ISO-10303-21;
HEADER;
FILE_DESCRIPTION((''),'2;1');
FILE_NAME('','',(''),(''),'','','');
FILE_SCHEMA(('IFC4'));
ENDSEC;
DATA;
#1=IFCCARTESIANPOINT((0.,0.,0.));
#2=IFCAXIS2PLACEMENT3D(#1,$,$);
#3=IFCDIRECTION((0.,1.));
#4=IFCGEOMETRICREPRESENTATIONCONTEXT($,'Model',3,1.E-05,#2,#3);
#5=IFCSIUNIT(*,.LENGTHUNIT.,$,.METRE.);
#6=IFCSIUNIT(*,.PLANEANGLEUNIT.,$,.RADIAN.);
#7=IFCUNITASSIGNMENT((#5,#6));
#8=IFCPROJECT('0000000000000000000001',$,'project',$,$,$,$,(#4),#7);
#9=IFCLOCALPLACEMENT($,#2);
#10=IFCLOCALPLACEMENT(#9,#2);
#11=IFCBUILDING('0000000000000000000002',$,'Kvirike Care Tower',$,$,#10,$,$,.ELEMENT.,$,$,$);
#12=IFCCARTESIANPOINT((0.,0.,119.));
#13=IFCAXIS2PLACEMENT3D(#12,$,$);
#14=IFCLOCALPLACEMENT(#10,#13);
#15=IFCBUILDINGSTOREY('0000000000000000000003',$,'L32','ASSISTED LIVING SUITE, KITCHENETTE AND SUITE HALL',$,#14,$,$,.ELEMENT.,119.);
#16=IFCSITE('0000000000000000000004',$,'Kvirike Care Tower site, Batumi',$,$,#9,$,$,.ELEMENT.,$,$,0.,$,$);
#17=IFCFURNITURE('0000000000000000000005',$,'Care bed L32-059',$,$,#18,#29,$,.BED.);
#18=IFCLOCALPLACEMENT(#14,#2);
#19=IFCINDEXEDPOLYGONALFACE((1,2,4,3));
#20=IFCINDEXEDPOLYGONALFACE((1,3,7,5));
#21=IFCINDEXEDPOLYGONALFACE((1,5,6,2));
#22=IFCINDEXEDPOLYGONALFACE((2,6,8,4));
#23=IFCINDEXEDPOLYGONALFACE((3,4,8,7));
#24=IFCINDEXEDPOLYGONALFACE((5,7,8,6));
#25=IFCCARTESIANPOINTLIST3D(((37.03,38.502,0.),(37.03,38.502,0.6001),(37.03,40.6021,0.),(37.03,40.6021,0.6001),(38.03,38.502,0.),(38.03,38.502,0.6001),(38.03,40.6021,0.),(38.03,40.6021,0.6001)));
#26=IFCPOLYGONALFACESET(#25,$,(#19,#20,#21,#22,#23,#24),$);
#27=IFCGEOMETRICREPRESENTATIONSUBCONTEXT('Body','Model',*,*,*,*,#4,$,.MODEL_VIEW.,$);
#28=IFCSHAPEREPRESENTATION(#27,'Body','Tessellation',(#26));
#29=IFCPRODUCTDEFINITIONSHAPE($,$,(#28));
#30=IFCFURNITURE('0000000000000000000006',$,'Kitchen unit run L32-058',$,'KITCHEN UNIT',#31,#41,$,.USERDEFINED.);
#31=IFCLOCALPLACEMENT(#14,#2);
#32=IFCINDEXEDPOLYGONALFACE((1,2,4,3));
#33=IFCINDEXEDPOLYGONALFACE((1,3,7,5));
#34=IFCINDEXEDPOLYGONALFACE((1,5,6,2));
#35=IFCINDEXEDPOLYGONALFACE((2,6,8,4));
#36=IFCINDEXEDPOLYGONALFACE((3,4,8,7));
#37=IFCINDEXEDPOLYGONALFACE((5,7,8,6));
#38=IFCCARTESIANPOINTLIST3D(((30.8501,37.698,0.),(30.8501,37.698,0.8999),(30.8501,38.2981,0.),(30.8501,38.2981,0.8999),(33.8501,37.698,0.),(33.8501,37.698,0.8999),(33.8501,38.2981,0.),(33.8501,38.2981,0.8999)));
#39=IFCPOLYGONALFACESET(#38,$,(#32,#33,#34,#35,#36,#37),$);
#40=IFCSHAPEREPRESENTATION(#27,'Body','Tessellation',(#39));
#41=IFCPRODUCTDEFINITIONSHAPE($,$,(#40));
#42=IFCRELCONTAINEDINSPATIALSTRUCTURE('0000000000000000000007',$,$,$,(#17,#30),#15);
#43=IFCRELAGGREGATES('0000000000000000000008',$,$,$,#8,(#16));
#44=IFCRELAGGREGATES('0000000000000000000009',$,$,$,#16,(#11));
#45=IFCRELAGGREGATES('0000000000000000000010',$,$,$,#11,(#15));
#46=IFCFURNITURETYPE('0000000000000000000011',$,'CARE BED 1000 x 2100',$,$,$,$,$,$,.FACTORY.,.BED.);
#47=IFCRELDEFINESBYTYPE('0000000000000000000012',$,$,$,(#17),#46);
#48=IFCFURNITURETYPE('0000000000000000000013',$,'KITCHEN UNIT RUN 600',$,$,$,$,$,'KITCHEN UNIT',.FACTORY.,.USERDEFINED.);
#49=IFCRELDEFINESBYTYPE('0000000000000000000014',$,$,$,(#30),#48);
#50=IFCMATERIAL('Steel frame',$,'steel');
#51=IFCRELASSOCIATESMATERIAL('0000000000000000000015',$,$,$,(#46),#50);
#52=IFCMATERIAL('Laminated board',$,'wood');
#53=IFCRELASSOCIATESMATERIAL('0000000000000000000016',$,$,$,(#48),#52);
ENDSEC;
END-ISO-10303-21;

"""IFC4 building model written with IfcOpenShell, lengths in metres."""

from ifc_helpers import new_model, si_unit, direction, frame, origin, origin_2d, place, context, subcontext, project, spatial, rectangle, extrude, material, type_object, element, save


model = new_model("IFC4")

# Units and contexts
model_context = context("Model", 3, precision=1e-05, world=origin(), true_north=direction((0.0, 1.0)))
body_context = subcontext(model_context, "Body", "Model", "MODEL_VIEW")
ifc_project = project(units=[si_unit("LENGTHUNIT", "METRE"), si_unit("PLANEANGLEUNIT", "RADIAN")], contexts=[model_context])

# Site, building, storey
site_placement = place(None, origin())
site = spatial("IfcSite", under=ifc_project, at=site_placement, Name="Kvirike Care Tower site, Batumi", CompositionType="ELEMENT", RefElevation=0.0)
building_placement = place(site_placement, origin())
building = spatial("IfcBuilding", under=site, at=building_placement, Name="Kvirike Care Tower", CompositionType="ELEMENT")
storey_placement = place(building_placement, frame((0.0, 0.0, 119.0)))
storey = spatial("IfcBuildingStorey", under=building, at=storey_placement, Name="L32", Description="ASSISTED LIVING SUITE, KITCHENETTE AND SUITE HALL", CompositionType="ELEMENT", Elevation=119.0)

# Furniture
ifc_material_1 = material(Name="Steel frame", Category="steel")
furniture_type_1 = type_object("IfcFurnitureType", Name="CARE BED 1000 x 2100", AssemblyPlace="FACTORY", PredefinedType="BED", material=ifc_material_1)
furniture_1_placement = place(storey_placement, frame((37.53, 39.552, 0.0), z_axis=(0.0, 0.0, 1.0), x_axis=(-1.0, 0.0, 0.0)))
element("IfcFurniture", 1, at=furniture_1_placement, inside=storey, type_object=furniture_type_1, Name="Care bed L32-059", PredefinedType="BED", context=body_context, shape_type="SweptSolid", body=[
    extrude(rectangle(XDim=1.0, YDim=2.1001, at=origin_2d()), origin(), (0.0, 0.0, 1.0), 0.6001),
])
ifc_material_2 = material(Name="Laminated board", Category="wood")
furniture_type_2 = type_object("IfcFurnitureType", Name="KITCHEN UNIT RUN 600", ElementType="KITCHEN UNIT", AssemblyPlace="FACTORY", PredefinedType="USERDEFINED", material=ifc_material_2)
furniture_2_placement = place(storey_placement, frame((32.3501, 37.998, 0.0), z_axis=(0.0, 0.0, 1.0), x_axis=(1.0, 0.0, 0.0)))
element("IfcFurniture", 2, at=furniture_2_placement, inside=storey, type_object=furniture_type_2, Name="Kitchen unit run L32-058", ObjectType="KITCHEN UNIT", PredefinedType="USERDEFINED", context=body_context, shape_type="SweptSolid", body=[
    extrude(rectangle(XDim=3.0, YDim=0.6001, at=origin_2d()), origin(), (0.0, 0.0, 1.0), 0.8999),
])

save(model, "model.ifc")
